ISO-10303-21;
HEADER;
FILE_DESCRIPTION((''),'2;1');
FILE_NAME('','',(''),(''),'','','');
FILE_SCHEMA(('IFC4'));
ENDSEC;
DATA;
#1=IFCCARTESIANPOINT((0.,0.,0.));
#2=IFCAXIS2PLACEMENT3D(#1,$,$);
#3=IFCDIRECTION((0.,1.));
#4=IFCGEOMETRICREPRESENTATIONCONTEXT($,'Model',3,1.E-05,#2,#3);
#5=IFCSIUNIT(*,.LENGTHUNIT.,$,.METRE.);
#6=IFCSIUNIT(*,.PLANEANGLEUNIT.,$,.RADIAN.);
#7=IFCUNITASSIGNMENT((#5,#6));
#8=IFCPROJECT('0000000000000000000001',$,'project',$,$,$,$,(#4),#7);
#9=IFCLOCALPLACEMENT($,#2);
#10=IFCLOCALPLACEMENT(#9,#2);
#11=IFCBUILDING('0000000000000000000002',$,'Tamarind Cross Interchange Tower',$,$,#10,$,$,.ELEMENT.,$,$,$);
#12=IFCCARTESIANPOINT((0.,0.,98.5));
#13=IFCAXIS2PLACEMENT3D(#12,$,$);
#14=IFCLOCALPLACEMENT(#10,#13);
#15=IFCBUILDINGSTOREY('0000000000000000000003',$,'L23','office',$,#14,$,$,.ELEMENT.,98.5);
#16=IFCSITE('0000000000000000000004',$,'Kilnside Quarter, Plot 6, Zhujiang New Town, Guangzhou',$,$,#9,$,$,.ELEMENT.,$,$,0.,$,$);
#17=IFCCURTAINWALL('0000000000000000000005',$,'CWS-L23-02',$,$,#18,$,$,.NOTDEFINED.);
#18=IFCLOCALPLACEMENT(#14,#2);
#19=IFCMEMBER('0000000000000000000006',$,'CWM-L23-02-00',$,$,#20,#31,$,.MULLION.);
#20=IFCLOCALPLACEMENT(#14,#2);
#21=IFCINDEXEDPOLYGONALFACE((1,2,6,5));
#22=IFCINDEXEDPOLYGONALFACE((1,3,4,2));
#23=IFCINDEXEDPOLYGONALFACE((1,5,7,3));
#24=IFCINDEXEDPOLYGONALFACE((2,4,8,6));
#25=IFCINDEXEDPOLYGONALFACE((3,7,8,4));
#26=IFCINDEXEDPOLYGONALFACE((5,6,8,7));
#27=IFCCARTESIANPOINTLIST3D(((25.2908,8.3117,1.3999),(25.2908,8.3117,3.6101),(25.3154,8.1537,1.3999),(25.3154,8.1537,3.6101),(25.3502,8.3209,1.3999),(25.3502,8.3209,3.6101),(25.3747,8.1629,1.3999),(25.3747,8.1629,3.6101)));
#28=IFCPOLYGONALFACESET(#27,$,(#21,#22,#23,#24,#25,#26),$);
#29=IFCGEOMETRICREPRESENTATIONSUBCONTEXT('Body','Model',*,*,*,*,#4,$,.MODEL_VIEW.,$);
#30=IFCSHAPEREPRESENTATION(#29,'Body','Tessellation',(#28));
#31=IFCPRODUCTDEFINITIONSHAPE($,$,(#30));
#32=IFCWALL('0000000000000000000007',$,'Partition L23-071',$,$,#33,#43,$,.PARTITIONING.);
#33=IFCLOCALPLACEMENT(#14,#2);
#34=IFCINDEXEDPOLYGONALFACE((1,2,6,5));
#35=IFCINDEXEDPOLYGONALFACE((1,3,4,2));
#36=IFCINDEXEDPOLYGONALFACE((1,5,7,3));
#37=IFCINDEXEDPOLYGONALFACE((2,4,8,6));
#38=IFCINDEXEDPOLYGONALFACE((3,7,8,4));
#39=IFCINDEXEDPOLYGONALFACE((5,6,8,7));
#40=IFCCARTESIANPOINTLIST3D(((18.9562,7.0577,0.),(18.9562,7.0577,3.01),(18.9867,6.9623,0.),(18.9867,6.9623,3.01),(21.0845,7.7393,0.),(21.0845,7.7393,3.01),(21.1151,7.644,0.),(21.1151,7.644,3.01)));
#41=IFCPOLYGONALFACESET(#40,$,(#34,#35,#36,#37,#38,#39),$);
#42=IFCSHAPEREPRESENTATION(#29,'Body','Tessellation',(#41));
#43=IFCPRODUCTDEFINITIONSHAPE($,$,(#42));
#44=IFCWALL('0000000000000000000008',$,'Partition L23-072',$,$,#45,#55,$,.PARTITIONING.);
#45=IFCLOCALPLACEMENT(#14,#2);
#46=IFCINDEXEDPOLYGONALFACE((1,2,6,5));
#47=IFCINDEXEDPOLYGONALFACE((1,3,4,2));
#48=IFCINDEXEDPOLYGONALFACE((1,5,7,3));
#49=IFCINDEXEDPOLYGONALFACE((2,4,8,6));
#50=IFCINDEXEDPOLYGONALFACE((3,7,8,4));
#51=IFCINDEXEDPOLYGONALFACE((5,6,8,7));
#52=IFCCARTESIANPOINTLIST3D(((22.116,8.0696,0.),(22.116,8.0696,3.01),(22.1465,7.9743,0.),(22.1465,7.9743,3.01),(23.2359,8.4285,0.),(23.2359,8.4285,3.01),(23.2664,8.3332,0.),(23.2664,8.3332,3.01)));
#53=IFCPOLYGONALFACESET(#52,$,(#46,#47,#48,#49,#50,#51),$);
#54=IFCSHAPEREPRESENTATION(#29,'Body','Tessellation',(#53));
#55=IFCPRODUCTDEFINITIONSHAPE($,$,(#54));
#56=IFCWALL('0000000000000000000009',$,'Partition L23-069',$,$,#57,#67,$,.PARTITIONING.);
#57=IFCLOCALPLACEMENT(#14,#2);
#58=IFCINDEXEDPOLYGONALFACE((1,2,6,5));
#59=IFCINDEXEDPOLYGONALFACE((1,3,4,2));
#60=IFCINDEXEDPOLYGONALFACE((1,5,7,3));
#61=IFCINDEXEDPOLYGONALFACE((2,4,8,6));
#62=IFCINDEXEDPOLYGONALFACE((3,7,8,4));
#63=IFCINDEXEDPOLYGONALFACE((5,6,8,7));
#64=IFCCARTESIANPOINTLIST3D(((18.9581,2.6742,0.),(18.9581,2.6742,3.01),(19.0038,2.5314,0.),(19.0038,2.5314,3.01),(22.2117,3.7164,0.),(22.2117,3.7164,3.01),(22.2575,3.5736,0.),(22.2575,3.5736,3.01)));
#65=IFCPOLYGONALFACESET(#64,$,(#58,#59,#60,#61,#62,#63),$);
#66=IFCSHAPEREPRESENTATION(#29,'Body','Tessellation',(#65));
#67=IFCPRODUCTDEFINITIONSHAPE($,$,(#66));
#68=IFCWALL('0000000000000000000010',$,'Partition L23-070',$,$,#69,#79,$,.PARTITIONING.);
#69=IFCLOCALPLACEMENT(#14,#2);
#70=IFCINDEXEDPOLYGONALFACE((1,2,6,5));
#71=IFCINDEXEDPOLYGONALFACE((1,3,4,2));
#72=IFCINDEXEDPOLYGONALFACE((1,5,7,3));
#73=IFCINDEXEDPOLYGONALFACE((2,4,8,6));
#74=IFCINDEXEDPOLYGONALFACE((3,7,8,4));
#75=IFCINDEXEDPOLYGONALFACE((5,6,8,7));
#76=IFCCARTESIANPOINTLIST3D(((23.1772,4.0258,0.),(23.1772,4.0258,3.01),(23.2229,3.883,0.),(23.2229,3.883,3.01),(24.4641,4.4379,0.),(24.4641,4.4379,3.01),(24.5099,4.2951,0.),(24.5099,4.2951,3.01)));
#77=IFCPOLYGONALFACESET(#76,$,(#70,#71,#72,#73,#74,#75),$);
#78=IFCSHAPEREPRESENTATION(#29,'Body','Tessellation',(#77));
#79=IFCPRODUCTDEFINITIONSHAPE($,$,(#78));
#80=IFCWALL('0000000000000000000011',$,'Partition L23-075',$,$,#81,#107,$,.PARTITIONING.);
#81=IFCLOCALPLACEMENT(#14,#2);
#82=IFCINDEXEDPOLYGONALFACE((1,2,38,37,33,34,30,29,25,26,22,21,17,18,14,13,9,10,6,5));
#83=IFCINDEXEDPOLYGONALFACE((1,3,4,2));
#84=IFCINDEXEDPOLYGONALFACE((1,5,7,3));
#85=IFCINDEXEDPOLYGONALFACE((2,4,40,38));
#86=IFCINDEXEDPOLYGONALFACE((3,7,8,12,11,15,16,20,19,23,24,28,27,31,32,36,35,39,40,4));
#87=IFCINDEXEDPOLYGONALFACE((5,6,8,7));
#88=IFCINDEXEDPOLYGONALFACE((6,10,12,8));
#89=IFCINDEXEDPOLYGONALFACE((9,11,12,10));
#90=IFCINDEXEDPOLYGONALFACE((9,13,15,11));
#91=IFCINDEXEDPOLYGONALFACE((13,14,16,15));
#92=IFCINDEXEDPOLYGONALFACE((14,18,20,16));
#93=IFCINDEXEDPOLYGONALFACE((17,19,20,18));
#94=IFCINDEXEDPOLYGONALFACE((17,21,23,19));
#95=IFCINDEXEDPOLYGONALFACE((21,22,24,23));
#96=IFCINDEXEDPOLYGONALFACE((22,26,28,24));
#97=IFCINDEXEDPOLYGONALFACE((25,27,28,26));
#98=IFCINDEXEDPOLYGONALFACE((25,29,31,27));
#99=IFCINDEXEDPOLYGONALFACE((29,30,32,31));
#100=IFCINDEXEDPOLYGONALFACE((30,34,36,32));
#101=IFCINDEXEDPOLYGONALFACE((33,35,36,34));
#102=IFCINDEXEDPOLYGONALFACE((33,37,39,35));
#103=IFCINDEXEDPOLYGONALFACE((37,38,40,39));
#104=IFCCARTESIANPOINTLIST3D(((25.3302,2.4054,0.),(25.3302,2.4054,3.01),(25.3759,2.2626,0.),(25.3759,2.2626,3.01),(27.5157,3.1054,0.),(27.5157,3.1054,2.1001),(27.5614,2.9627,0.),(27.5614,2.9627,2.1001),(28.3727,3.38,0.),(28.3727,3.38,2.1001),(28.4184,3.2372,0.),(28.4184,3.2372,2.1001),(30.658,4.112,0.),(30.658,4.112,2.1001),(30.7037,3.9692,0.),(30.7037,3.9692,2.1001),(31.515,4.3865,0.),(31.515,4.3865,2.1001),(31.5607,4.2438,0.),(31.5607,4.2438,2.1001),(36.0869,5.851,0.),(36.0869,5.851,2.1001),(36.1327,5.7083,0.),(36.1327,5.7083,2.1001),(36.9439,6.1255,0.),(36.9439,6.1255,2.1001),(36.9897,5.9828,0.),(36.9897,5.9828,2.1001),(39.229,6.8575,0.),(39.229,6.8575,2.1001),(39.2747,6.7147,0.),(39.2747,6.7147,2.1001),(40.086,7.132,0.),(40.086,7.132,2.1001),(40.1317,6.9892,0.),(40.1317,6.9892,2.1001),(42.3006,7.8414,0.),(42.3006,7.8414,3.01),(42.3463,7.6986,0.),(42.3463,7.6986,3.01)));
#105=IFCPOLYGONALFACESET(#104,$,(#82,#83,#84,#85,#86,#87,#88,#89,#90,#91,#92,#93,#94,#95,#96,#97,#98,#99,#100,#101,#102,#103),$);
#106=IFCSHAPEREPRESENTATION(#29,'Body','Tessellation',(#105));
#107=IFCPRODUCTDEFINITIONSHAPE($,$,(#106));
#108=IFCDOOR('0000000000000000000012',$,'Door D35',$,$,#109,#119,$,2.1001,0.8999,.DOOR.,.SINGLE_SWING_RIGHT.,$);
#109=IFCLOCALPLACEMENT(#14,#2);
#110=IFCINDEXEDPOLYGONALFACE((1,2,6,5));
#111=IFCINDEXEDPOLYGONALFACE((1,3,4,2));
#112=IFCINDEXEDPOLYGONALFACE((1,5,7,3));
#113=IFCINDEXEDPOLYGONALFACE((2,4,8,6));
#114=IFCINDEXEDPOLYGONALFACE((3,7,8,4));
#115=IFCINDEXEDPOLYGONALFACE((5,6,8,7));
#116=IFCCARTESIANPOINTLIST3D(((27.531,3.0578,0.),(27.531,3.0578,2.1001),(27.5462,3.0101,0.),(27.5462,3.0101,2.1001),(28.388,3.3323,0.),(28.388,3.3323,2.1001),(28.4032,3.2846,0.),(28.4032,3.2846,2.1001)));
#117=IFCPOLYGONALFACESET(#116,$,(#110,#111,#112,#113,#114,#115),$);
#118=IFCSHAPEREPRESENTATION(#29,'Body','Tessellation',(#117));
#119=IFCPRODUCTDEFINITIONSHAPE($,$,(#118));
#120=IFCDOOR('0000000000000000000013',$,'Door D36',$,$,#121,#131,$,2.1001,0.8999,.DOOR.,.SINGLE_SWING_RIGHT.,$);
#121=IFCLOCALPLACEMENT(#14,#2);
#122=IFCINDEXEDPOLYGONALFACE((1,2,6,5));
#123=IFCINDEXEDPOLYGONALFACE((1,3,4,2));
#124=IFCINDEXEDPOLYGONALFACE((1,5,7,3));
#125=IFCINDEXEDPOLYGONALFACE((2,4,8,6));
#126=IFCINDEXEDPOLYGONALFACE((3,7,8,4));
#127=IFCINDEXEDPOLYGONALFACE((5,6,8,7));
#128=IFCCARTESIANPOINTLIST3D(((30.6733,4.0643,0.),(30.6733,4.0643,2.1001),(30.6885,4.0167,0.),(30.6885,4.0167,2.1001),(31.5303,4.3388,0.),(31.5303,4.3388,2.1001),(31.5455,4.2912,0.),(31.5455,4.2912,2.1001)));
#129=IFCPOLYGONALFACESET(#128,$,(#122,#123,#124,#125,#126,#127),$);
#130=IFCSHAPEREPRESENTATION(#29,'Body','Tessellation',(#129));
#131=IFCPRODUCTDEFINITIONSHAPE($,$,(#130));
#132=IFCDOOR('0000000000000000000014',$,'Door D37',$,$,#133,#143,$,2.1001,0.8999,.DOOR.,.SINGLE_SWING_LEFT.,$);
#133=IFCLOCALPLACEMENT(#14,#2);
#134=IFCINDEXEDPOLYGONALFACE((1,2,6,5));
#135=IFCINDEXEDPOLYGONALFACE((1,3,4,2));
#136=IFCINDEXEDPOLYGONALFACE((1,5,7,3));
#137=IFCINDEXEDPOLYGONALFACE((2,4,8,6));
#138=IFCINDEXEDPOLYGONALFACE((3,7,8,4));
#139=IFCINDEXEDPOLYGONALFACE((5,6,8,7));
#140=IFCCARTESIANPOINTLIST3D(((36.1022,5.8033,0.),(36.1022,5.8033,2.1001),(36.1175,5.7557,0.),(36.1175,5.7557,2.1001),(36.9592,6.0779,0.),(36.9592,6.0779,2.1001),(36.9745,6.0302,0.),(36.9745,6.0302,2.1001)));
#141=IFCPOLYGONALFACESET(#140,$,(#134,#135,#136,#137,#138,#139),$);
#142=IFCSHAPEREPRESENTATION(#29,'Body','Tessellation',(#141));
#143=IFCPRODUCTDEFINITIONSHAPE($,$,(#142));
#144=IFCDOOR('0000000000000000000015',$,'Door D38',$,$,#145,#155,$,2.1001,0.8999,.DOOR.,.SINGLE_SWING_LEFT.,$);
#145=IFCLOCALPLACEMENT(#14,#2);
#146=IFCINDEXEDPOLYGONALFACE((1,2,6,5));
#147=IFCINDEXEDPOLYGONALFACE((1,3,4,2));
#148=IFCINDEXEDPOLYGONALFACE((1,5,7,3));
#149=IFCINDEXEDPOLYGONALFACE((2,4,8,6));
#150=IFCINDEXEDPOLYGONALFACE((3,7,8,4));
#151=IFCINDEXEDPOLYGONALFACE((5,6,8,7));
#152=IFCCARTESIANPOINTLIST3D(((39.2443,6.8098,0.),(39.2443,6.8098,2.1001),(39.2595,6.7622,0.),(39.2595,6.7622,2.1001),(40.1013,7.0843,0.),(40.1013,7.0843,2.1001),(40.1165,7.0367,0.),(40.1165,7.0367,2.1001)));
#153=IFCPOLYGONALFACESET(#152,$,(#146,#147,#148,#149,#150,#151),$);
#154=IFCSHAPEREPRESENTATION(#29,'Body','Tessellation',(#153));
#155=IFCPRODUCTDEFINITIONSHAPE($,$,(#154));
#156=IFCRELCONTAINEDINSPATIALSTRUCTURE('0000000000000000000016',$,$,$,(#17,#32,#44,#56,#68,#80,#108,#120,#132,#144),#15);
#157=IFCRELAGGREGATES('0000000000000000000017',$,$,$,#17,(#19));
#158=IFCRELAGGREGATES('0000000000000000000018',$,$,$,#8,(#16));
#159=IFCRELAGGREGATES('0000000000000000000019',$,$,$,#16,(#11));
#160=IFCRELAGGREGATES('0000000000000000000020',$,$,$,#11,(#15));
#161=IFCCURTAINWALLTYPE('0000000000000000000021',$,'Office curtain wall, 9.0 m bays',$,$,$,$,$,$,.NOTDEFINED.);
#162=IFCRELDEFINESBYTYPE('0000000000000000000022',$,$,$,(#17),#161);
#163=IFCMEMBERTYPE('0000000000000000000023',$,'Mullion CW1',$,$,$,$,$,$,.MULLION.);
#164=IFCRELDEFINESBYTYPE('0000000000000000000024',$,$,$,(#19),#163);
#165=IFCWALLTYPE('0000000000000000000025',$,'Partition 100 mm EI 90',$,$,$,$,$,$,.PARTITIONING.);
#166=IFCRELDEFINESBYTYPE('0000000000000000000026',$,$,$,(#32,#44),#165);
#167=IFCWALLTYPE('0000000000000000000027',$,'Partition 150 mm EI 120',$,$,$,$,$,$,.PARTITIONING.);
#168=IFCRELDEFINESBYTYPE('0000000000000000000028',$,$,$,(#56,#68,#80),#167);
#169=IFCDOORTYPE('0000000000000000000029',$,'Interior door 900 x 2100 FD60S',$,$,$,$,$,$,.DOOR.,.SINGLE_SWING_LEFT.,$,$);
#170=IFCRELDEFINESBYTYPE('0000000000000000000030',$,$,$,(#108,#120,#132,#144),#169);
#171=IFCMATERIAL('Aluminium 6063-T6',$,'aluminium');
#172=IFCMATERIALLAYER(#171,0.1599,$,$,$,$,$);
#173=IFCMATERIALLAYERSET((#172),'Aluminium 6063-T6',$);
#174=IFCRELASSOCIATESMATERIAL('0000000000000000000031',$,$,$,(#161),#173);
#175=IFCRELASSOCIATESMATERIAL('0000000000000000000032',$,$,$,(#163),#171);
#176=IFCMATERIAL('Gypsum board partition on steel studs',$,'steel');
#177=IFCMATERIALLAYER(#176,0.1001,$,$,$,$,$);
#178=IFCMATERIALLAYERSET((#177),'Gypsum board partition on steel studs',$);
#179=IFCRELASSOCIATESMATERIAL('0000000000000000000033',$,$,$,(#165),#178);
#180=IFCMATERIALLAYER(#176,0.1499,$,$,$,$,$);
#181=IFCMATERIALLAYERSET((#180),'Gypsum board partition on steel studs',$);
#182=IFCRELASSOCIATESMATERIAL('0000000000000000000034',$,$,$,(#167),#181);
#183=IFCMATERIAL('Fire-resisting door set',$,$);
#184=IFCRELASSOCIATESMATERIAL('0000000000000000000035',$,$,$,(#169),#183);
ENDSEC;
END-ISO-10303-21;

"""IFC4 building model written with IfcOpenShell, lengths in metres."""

from ifc_helpers import new_model, si_unit, direction, frame, frame_2d, origin, origin_2d, place, context, subcontext, project, spatial, rectangle, extrude, material, layer, layer_set, material_profile, profile_set, type_object, element, fill, aggregate, save


model = new_model("IFC4")

# Units and contexts
model_context = context("Model", 3, precision=1e-05, world=origin(), true_north=direction((0.0, 1.0)))
body_context = subcontext(model_context, "Body", "Model", "MODEL_VIEW")
ifc_project = project(units=[si_unit("LENGTHUNIT", "METRE"), si_unit("PLANEANGLEUNIT", "RADIAN")], contexts=[model_context])

# Site, building, storey
site_placement = place(None, origin())
site = spatial("IfcSite", under=ifc_project, at=site_placement, Name="Kilnside Quarter, Plot 6, Zhujiang New Town, Guangzhou", CompositionType="ELEMENT", RefElevation=0.0)
building_placement = place(site_placement, origin())
building = spatial("IfcBuilding", under=site, at=building_placement, Name="Tamarind Cross Interchange Tower", CompositionType="ELEMENT")
storey_placement = place(building_placement, frame((0.0, 0.0, 98.5)))
storey = spatial("IfcBuildingStorey", under=building, at=storey_placement, Name="L23", Description="office", CompositionType="ELEMENT", Elevation=98.5)

# Curtain wall, member
ifc_material_1 = material(Name="Aluminium 6063-T6", Category="aluminium")
ifc_layer_1 = layer(ifc_material_1, 0.1599)
ifc_layer_set_1 = layer_set([ifc_layer_1], Name="Aluminium 6063-T6")
curtain_wall_type = type_object("IfcCurtainWallType", Name="Office curtain wall, 9.0 m bays", PredefinedType="NOTDEFINED", material=ifc_layer_set_1)
curtain_wall_placement = place(storey_placement, origin())
curtain_wall = element("IfcCurtainWall", 1, at=curtain_wall_placement, inside=storey, type_object=curtain_wall_type, Name="CWS-L23-02", PredefinedType="NOTDEFINED")
ifc_material_profile_1 = material_profile(ifc_material_1, rectangle(XDim=0.0601, YDim=0.1599, at=origin_2d()), Name="Mullion CW1")
ifc_profile_set_1 = profile_set([ifc_material_profile_1], Name="Aluminium 6063-T6")
member_type = type_object("IfcMemberType", Name="Mullion CW1", PredefinedType="MULLION", material=ifc_profile_set_1)
member_placement = place(storey_placement, frame((25.3328, 8.2373, 1.3999), z_axis=(0.0, 0.0, 1.0), x_axis=(-0.988132, -0.153604, 0.0)))
member = element("IfcMember", 2, at=member_placement, type_object=member_type, Name="CWM-L23-02-00", PredefinedType="MULLION", context=body_context, shape_type="SweptSolid", body=[
    extrude(rectangle(XDim=0.0601, YDim=0.1599, at=origin_2d()), origin(), (0.0, 0.0, 1.0), 2.2102),
])
aggregate(curtain_wall, [member])

# Walls
ifc_material_2 = material(Name="Gypsum board partition on steel studs", Category="steel")
ifc_layer_2 = layer(ifc_material_2, 0.1001)
ifc_layer_set_2 = layer_set([ifc_layer_2], Name="Gypsum board partition on steel studs")
wall_type_1 = type_object("IfcWallType", Name="Partition 100 mm EI 90", PredefinedType="PARTITIONING", material=ifc_layer_set_2)
wall_1_placement = place(storey_placement, frame((18.9714, 7.01, 0.0), z_axis=(0.0, 0.0, 1.0), x_axis=(0.952353, 0.304998, 0.0)))
element("IfcWall", 3, at=wall_1_placement, inside=storey, type_object=wall_type_1, Name="Partition L23-071", PredefinedType="PARTITIONING", context=body_context, shape_type="SweptSolid", body=[
    extrude(rectangle(XDim=2.2349, YDim=0.1001, at=frame_2d((1.1174, 0.0))), origin(), (0.0, 0.0, 1.0), 3.01),
])
wall_2_placement = place(storey_placement, frame((22.1313, 8.022, 0.0), z_axis=(0.0, 0.0, 1.0), x_axis=(0.952294, 0.305182, 0.0)))
element("IfcWall", 4, at=wall_2_placement, inside=storey, type_object=wall_type_1, Name="Partition L23-072", PredefinedType="PARTITIONING", context=body_context, shape_type="SweptSolid", body=[
    extrude(rectangle(XDim=1.176, YDim=0.1001, at=frame_2d((0.5879, 0.0))), origin(), (0.0, 0.0, 1.0), 3.01),
])
ifc_layer_3 = layer(ifc_material_2, 0.1499)
ifc_layer_set_3 = layer_set([ifc_layer_3], Name="Gypsum board partition on steel studs")
wall_type_2 = type_object("IfcWallType", Name="Partition 150 mm EI 120", PredefinedType="PARTITIONING", material=ifc_layer_set_3)
wall_3_placement = place(storey_placement, frame((18.981, 2.6028, 0.0), z_axis=(0.0, 0.0, 1.0), x_axis=(0.952334, 0.305058, 0.0)))
element("IfcWall", 5, at=wall_3_placement, inside=storey, type_object=wall_type_2, Name="Partition L23-069", PredefinedType="PARTITIONING", context=body_context, shape_type="SweptSolid", body=[
    extrude(rectangle(XDim=3.4165, YDim=0.1499, at=frame_2d((1.7083, 0.0))), origin(), (0.0, 0.0, 1.0), 3.01),
])
wall_4_placement = place(storey_placement, frame((23.2, 3.9543, 0.0), z_axis=(0.0, 0.0, 1.0), x_axis=(0.952357, 0.304986, 0.0)))
element("IfcWall", 6, at=wall_4_placement, inside=storey, type_object=wall_type_2, Name="Partition L23-070", PredefinedType="PARTITIONING", context=body_context, shape_type="SweptSolid", body=[
    extrude(rectangle(XDim=1.3513, YDim=0.1499, at=frame_2d((0.6758, 0.0))), origin(), (0.0, 0.0, 1.0), 3.01),
])

# Wall, openings, doors
wall_5_placement = place(storey_placement, frame((25.353, 2.334, 0.0), z_axis=(0.0, 0.0, 1.0), x_axis=(0.952335, 0.305055, 0.0)))
wall_5 = element("IfcWall", 7, at=wall_5_placement, inside=storey, type_object=wall_type_2, Name="Partition L23-075", PredefinedType="PARTITIONING", context=body_context, shape_type="SweptSolid", body=[
    extrude(rectangle(XDim=17.8198, YDim=0.1499, at=frame_2d((8.9099, 0.0))), origin(), (0.0, 0.0, 1.0), 3.01),
])
opening_1_placement = place(wall_5_placement, frame((2.2949, 0.0, 0.0)))
opening_1 = element("IfcOpeningElement", 8, at=opening_1_placement, cuts=wall_5, PredefinedType="OPENING", context=body_context, shape_type="SweptSolid", body=[
    extrude(rectangle(XDim=0.8999, YDim=2.1001, at=frame_2d((0.45, 1.05))), frame((0.0, 0.085, 0.0), z_axis=(0.0, -1.0, 0.0), x_axis=(1.0, 0.0, 0.0)), (0.0, 0.0, 1.0), 0.1699),
])
opening_2_placement = place(wall_5_placement, frame((5.5945, 0.0, 0.0)))
opening_2 = element("IfcOpeningElement", 9, at=opening_2_placement, cuts=wall_5, PredefinedType="OPENING", context=body_context, shape_type="SweptSolid", body=[
    extrude(rectangle(XDim=0.8999, YDim=2.1001, at=frame_2d((0.45, 1.05))), frame((0.0, 0.085, 0.0), z_axis=(0.0, -1.0, 0.0), x_axis=(1.0, 0.0, 0.0)), (0.0, 0.0, 1.0), 0.1699),
])
opening_3_placement = place(wall_5_placement, frame((11.2952, 0.0, 0.0)))
opening_3 = element("IfcOpeningElement", 10, at=opening_3_placement, cuts=wall_5, PredefinedType="OPENING", context=body_context, shape_type="SweptSolid", body=[
    extrude(rectangle(XDim=0.8999, YDim=2.1001, at=frame_2d((0.45, 1.05))), frame((0.0, 0.085, 0.0), z_axis=(0.0, -1.0, 0.0), x_axis=(1.0, 0.0, 0.0)), (0.0, 0.0, 1.0), 0.1699),
])
opening_4_placement = place(wall_5_placement, frame((14.5945, 0.0, 0.0)))
opening_4 = element("IfcOpeningElement", 11, at=opening_4_placement, cuts=wall_5, PredefinedType="OPENING", context=body_context, shape_type="SweptSolid", body=[
    extrude(rectangle(XDim=0.8999, YDim=2.1001, at=frame_2d((0.45, 1.05))), frame((0.0, 0.085, 0.0), z_axis=(0.0, -1.0, 0.0), x_axis=(1.0, 0.0, 0.0)), (0.0, 0.0, 1.0), 0.1699),
])
ifc_material_3 = material(Name="Fire-resisting door set")
door_type = type_object("IfcDoorType", Name="Interior door 900 x 2100 FD60S", OperationType="SINGLE_SWING_LEFT", PredefinedType="DOOR", material=ifc_material_3)
door_1_placement = place(opening_1_placement, origin())
door_1 = element("IfcDoor", 12, at=door_1_placement, inside=storey, type_object=door_type, Name="Door D35", OperationType="SINGLE_SWING_RIGHT", OverallHeight=2.1001, OverallWidth=0.8999, PredefinedType="DOOR", context=body_context, shape_type="SweptSolid", body=[
    extrude(rectangle(XDim=0.8999, YDim=2.1001, at=frame_2d((0.45, 1.05))), frame((0.0, 0.0249, 0.0), z_axis=(0.0, -1.0, 0.0), x_axis=(1.0, 0.0, 0.0)), (0.0, 0.0, 1.0), 0.05),
])
fill(opening_1, door_1)
door_2_placement = place(opening_2_placement, origin())
door_2 = element("IfcDoor", 13, at=door_2_placement, inside=storey, type_object=door_type, Name="Door D36", OperationType="SINGLE_SWING_RIGHT", OverallHeight=2.1001, OverallWidth=0.8999, PredefinedType="DOOR", context=body_context, shape_type="SweptSolid", body=[
    extrude(rectangle(XDim=0.8999, YDim=2.1001, at=frame_2d((0.45, 1.05))), frame((0.0, 0.0249, 0.0), z_axis=(0.0, -1.0, 0.0), x_axis=(1.0, 0.0, 0.0)), (0.0, 0.0, 1.0), 0.05),
])
fill(opening_2, door_2)
door_3_placement = place(opening_3_placement, origin())
door_3 = element("IfcDoor", 14, at=door_3_placement, inside=storey, type_object=door_type, Name="Door D37", OperationType="SINGLE_SWING_LEFT", OverallHeight=2.1001, OverallWidth=0.8999, PredefinedType="DOOR", context=body_context, shape_type="SweptSolid", body=[
    extrude(rectangle(XDim=0.8999, YDim=2.1001, at=frame_2d((0.45, 1.05))), frame((0.0, 0.0249, 0.0), z_axis=(0.0, -1.0, 0.0), x_axis=(1.0, 0.0, 0.0)), (0.0, 0.0, 1.0), 0.05),
])
fill(opening_3, door_3)
door_4_placement = place(opening_4_placement, origin())
door_4 = element("IfcDoor", 15, at=door_4_placement, inside=storey, type_object=door_type, Name="Door D38", OperationType="SINGLE_SWING_LEFT", OverallHeight=2.1001, OverallWidth=0.8999, PredefinedType="DOOR", context=body_context, shape_type="SweptSolid", body=[
    extrude(rectangle(XDim=0.8999, YDim=2.1001, at=frame_2d((0.45, 1.05))), frame((0.0, 0.0249, 0.0), z_axis=(0.0, -1.0, 0.0), x_axis=(1.0, 0.0, 0.0)), (0.0, 0.0, 1.0), 0.05),
])
fill(opening_4, door_4)

save(model, "model.ifc")
